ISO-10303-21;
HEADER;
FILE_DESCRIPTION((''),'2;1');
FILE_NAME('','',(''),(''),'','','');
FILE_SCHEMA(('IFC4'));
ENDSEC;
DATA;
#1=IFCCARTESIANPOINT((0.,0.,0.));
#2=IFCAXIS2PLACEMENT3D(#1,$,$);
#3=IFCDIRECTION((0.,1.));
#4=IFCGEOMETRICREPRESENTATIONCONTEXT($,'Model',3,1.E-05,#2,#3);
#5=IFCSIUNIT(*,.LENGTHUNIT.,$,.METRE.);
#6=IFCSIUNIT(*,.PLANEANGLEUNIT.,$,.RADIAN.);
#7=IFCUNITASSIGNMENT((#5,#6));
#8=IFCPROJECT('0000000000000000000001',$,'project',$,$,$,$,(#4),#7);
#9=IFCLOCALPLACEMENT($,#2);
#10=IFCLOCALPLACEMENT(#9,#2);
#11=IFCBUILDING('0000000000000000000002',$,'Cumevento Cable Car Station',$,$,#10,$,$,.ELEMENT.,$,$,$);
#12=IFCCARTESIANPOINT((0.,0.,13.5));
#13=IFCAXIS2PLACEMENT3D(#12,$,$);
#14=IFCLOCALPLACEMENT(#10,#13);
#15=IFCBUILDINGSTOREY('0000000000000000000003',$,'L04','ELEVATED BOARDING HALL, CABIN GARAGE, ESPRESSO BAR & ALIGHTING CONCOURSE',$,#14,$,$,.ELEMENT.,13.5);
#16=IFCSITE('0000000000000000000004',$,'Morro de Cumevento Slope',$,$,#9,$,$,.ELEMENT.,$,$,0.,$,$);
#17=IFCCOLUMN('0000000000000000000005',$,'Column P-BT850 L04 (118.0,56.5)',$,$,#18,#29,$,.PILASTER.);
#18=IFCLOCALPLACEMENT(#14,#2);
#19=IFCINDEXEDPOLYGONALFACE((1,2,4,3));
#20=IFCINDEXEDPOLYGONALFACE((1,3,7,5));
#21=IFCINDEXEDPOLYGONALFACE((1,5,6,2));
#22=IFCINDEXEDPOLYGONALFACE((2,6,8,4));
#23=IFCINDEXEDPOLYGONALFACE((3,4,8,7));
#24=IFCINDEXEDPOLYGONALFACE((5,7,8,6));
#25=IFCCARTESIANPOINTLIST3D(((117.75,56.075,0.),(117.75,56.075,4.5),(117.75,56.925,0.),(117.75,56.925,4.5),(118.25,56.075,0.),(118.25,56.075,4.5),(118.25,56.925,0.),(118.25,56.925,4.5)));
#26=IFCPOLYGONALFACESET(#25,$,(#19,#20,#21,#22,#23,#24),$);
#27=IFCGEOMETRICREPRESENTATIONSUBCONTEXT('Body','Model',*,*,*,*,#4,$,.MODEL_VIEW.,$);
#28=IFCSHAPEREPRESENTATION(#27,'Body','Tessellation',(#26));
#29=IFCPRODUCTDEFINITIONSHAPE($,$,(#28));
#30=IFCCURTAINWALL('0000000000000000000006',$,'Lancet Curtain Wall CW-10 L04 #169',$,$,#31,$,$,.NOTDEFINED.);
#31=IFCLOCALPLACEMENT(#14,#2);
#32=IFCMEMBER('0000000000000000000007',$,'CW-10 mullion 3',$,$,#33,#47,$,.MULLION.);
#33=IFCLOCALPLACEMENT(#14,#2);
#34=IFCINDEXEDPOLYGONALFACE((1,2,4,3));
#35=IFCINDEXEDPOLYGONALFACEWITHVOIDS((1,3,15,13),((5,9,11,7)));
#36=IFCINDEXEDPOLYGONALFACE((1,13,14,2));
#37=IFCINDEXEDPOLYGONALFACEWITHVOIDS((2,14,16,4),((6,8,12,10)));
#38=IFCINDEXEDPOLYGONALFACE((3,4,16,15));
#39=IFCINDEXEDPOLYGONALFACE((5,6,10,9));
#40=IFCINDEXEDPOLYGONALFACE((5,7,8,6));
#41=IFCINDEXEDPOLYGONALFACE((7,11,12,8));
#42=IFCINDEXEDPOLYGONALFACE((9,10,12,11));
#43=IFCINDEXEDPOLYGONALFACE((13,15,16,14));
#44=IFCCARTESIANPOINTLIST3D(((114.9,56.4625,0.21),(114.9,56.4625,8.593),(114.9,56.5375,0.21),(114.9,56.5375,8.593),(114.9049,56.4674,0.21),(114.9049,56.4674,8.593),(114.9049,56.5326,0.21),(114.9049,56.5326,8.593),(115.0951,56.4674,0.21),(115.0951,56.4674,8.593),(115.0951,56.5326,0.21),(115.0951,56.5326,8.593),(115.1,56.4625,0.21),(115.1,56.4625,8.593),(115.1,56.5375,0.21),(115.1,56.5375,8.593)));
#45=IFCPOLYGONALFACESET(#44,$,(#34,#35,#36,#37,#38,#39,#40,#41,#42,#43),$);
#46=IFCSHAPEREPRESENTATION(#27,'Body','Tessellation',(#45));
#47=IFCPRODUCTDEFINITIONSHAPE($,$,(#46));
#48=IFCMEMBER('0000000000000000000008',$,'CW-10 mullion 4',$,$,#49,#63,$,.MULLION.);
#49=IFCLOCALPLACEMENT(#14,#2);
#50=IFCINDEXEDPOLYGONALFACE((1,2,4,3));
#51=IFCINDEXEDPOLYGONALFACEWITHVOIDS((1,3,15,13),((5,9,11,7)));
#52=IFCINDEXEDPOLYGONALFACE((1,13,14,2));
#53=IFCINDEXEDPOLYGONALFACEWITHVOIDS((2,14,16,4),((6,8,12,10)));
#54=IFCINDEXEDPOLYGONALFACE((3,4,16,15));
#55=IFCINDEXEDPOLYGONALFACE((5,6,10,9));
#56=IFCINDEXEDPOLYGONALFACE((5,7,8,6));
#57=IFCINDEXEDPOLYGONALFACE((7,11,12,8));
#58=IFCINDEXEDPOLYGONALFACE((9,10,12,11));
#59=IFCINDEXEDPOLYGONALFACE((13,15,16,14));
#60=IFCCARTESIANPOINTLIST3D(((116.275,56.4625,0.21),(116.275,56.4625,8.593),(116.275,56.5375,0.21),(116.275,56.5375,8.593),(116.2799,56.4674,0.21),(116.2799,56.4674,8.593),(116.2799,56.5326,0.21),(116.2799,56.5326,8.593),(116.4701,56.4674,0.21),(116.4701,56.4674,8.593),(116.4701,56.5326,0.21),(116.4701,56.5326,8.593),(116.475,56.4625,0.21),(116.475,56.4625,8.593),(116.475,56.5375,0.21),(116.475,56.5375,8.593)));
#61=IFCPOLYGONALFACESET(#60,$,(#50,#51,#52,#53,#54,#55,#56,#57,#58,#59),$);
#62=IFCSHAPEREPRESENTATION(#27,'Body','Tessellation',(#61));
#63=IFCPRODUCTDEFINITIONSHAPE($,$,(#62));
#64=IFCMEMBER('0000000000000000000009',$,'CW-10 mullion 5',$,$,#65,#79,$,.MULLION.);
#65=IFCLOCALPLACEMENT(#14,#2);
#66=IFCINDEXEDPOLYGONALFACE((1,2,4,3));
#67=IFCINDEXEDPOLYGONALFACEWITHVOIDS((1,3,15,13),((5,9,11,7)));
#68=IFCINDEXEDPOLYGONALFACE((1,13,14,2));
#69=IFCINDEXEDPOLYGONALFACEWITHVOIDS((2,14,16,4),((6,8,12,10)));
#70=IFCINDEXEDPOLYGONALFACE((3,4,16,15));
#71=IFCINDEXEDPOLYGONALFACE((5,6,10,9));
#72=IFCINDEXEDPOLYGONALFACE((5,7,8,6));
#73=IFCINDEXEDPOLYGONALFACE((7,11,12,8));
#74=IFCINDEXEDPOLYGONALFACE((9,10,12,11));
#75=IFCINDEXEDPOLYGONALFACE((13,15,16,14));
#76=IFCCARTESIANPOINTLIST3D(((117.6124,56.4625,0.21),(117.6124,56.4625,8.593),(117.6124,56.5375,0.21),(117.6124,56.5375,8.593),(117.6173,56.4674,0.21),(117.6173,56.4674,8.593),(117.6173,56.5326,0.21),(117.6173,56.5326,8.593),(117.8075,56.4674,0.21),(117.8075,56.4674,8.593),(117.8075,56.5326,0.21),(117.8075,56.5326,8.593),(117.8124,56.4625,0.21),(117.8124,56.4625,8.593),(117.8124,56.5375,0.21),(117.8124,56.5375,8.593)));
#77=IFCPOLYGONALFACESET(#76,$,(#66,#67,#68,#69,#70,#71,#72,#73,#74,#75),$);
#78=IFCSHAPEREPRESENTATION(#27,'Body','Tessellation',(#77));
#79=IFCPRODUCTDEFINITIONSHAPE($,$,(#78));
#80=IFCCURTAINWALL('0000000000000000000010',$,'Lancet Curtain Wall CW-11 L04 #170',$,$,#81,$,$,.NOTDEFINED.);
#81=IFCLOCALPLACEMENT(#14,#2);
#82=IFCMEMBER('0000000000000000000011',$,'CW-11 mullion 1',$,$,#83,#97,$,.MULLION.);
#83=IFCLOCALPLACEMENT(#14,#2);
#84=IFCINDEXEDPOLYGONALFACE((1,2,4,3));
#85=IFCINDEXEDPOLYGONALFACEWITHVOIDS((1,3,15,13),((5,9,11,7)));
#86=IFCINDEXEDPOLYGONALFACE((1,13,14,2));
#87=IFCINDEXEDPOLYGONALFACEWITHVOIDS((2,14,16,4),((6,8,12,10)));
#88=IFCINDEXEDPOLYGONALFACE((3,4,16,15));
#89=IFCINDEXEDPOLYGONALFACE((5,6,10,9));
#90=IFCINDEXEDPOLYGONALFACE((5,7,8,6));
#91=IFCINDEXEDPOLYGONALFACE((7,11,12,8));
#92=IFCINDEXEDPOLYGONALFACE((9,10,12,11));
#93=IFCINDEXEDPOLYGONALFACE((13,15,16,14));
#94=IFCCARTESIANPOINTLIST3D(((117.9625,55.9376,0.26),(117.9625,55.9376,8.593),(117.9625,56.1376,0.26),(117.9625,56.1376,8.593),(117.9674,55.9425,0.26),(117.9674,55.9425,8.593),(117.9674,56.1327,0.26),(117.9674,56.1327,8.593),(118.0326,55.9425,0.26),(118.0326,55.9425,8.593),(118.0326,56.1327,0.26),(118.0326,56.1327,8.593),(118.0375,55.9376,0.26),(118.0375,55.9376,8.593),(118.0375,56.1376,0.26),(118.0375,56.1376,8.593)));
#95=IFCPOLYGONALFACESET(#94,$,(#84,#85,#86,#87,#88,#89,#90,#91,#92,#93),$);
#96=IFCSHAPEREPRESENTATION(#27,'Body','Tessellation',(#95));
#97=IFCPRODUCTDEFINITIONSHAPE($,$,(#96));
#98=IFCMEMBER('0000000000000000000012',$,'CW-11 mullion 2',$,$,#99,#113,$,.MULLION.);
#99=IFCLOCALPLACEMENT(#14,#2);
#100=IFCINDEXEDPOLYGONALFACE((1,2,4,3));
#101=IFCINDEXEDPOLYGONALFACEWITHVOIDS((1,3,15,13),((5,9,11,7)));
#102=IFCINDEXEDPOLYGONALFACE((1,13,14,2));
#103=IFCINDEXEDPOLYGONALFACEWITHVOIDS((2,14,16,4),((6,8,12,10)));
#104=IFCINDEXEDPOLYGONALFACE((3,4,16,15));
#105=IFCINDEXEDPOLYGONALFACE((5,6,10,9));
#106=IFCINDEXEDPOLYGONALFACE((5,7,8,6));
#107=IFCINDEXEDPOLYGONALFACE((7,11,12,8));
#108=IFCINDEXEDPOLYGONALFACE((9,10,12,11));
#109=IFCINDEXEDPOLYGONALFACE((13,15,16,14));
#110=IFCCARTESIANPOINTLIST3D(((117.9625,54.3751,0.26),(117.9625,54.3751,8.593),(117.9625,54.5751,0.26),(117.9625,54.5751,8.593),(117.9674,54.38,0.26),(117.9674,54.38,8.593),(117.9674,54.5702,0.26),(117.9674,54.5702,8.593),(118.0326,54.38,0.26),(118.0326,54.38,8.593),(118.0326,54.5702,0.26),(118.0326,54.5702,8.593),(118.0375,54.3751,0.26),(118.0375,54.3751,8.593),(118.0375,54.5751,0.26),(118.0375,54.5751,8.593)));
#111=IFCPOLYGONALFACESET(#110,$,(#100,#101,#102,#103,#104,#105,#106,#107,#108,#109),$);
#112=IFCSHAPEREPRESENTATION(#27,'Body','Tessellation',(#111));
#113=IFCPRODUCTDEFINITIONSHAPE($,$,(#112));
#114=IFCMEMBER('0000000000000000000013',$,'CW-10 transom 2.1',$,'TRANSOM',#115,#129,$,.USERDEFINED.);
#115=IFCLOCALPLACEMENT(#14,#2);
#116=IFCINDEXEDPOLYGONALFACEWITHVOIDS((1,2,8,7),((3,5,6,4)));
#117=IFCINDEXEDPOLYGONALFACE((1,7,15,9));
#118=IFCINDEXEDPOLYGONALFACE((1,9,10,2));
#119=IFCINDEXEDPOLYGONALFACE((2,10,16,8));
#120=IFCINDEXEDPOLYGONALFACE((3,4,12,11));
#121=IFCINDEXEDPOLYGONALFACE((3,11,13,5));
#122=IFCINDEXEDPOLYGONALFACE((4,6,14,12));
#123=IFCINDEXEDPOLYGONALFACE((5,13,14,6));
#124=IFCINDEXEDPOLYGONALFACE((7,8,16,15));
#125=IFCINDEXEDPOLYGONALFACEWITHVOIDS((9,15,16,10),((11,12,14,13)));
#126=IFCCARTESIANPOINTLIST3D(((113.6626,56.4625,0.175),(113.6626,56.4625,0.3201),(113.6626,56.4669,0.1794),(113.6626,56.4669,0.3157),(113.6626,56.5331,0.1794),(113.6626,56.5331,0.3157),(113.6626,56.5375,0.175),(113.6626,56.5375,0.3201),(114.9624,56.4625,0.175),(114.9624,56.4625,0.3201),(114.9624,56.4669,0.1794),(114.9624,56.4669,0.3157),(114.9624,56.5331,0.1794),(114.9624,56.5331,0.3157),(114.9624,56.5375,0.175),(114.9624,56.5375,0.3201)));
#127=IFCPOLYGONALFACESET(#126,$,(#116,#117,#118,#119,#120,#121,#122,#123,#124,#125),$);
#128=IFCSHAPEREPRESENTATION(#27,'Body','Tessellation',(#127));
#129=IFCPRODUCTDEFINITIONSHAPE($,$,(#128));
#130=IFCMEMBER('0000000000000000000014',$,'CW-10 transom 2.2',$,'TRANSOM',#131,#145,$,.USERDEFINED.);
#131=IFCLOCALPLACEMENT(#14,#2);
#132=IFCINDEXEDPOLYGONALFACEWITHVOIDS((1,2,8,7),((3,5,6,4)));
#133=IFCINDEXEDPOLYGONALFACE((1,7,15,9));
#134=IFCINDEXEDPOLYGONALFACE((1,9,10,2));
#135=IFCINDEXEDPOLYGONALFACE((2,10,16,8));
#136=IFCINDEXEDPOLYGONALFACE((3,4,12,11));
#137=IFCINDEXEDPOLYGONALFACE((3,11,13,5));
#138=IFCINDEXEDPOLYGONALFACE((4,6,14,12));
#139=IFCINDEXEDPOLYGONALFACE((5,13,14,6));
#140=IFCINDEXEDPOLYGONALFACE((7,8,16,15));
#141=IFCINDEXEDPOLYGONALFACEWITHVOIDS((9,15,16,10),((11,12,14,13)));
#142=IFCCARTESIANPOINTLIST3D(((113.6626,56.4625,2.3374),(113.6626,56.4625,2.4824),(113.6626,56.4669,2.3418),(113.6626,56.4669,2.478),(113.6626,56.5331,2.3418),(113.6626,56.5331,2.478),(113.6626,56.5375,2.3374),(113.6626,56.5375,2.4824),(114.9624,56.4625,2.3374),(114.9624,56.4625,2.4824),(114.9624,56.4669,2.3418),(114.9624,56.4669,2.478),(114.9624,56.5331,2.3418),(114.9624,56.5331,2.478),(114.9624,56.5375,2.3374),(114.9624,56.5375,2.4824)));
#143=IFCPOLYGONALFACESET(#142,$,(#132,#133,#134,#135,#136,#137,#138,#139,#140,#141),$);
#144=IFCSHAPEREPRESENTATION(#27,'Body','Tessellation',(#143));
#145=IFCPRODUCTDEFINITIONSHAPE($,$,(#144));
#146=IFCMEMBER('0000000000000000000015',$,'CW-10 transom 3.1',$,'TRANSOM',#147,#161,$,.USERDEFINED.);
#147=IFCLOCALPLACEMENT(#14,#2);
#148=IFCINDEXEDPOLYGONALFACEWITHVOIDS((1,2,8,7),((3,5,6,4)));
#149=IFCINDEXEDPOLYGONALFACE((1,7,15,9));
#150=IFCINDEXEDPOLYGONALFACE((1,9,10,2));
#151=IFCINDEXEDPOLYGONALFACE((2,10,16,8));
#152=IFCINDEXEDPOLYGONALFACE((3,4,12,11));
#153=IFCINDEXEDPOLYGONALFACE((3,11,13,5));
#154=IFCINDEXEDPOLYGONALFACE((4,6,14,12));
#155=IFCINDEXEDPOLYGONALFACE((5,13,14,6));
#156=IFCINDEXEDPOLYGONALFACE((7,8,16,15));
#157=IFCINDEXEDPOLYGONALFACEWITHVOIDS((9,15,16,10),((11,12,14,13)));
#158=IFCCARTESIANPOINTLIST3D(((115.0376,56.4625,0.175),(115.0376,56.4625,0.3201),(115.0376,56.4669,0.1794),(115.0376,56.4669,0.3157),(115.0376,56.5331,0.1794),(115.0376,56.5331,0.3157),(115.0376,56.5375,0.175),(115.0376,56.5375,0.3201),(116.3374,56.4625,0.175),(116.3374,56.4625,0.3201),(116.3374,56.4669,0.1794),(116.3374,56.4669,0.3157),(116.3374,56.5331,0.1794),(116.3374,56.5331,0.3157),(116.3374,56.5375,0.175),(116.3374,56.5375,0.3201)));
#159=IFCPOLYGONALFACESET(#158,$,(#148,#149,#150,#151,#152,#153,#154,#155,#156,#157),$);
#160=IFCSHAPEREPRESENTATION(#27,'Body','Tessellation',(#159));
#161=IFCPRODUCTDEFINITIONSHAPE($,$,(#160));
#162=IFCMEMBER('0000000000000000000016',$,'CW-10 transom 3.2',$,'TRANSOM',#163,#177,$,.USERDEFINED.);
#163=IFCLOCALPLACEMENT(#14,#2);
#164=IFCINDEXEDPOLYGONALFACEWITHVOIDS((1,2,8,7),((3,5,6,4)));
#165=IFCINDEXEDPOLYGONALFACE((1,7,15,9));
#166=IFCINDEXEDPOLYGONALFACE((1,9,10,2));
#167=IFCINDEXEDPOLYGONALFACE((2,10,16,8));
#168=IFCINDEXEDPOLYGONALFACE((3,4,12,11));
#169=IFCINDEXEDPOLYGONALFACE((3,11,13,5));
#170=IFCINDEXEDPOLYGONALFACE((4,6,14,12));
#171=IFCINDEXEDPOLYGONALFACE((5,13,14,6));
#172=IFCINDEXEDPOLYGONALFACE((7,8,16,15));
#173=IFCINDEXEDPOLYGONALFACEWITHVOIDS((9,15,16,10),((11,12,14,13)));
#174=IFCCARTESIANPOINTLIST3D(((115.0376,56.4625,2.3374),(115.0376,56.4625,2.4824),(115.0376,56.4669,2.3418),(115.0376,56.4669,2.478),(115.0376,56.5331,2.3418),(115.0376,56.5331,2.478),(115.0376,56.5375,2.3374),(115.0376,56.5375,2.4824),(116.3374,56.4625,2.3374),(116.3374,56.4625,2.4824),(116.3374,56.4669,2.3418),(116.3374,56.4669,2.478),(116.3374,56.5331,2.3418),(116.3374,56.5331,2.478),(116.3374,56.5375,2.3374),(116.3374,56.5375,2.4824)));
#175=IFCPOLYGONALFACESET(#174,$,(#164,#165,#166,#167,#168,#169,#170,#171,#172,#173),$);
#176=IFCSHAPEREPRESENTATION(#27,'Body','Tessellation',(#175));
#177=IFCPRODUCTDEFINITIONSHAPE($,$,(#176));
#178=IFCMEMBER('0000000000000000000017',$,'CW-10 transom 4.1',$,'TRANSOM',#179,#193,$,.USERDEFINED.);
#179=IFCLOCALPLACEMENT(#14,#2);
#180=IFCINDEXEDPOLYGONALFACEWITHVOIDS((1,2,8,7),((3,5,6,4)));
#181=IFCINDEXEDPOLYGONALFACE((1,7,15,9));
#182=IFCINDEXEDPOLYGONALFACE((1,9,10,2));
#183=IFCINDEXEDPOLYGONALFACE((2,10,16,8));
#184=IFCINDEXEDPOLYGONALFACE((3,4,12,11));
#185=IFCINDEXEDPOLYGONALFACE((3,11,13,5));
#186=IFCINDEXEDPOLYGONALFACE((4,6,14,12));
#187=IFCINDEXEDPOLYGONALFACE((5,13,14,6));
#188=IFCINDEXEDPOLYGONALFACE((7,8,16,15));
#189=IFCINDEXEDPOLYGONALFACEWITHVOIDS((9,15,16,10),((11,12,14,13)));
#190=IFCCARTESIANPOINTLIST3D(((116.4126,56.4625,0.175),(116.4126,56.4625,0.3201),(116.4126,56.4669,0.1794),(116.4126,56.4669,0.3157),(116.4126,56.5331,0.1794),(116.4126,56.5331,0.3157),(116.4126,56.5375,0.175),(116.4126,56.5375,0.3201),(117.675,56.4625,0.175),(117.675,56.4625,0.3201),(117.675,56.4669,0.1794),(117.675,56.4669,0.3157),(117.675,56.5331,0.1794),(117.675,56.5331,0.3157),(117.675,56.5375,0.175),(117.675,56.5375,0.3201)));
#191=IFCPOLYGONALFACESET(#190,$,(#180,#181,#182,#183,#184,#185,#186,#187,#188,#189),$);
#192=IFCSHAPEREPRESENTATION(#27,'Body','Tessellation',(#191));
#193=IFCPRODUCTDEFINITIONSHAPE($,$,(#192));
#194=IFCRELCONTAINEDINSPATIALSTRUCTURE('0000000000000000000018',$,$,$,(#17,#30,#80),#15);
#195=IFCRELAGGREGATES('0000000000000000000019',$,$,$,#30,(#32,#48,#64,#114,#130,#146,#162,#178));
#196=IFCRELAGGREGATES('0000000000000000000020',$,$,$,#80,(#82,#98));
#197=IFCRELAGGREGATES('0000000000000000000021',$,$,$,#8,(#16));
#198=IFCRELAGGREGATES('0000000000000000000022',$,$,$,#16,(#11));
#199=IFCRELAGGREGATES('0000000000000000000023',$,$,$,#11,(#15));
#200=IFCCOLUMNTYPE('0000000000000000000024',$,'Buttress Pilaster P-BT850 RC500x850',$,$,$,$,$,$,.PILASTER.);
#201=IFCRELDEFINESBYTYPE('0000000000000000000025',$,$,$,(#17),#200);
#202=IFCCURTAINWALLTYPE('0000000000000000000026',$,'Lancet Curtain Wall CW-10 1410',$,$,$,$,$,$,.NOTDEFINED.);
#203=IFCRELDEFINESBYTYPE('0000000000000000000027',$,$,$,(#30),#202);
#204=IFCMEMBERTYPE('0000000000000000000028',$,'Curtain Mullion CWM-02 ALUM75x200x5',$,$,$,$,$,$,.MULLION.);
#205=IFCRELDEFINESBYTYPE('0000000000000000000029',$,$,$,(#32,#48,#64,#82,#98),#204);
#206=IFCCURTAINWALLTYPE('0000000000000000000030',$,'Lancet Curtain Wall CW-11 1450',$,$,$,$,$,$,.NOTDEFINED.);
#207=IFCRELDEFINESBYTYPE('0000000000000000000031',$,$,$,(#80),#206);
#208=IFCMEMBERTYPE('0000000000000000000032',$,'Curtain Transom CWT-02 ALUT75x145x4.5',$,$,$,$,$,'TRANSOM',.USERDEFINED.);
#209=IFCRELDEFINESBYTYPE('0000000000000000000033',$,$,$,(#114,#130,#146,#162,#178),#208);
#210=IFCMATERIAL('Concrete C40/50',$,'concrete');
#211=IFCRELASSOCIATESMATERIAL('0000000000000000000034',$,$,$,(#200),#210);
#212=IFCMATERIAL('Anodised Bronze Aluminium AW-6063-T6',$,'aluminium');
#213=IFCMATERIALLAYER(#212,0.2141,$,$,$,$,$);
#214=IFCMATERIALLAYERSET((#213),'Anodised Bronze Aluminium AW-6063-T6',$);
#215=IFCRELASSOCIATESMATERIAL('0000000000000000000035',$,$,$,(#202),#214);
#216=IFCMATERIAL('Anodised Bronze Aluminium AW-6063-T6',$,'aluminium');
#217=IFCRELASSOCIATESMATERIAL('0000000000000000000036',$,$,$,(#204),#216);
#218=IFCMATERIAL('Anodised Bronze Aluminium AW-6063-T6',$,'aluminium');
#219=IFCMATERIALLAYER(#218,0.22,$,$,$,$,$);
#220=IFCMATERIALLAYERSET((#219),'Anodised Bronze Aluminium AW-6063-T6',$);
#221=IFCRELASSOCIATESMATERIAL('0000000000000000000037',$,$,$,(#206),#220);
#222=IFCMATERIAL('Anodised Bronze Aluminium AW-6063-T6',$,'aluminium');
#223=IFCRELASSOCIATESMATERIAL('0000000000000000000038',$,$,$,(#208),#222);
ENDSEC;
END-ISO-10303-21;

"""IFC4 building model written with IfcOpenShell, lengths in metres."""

from ifc_helpers import new_model, si_unit, direction, frame, origin, origin_2d, place, context, subcontext, project, spatial, rectangle, hollow_rectangle, extrude, material, layer, layer_set, material_profile, profile_set, type_object, element, aggregate, save


model = new_model("IFC4")

# Units and contexts
model_context = context("Model", 3, precision=1e-05, world=origin(), true_north=direction((0.0, 1.0)))
body_context = subcontext(model_context, "Body", "Model", "MODEL_VIEW")
ifc_project = project(units=[si_unit("LENGTHUNIT", "METRE"), si_unit("PLANEANGLEUNIT", "RADIAN")], contexts=[model_context])

# Site, building, storey
site_placement = place(None, origin())
site = spatial("IfcSite", under=ifc_project, at=site_placement, Name="Morro de Cumevento Slope", CompositionType="ELEMENT", RefElevation=0.0)
building_placement = place(site_placement, origin())
building = spatial("IfcBuilding", under=site, at=building_placement, Name="Cumevento Cable Car Station", CompositionType="ELEMENT")
storey_placement = place(building_placement, frame((0.0, 0.0, 13.5)))
storey = spatial("IfcBuildingStorey", under=building, at=storey_placement, Name="L04", Description="ELEVATED BOARDING HALL, CABIN GARAGE, ESPRESSO BAR & ALIGHTING CONCOURSE", CompositionType="ELEMENT", Elevation=13.5)

# Column
ifc_material_1 = material(Name="Concrete C40/50", Category="concrete")
ifc_material_profile_1 = material_profile(ifc_material_1, rectangle(XDim=0.5, YDim=0.8501, at=origin_2d()), Name="RC500x850")
ifc_profile_set_1 = profile_set([ifc_material_profile_1], Name="Concrete C40/50")
column_type = type_object("IfcColumnType", Name="Buttress Pilaster P-BT850 RC500x850", PredefinedType="PILASTER", material=ifc_profile_set_1)
column_placement = place(storey_placement, frame((118.0, 56.5, 0.0), z_axis=(0.0, 0.0, 1.0), x_axis=(1.0, 0.0, 0.0)))
element("IfcColumn", 1, at=column_placement, inside=storey, type_object=column_type, Name="Column P-BT850 L04 (118.0,56.5)", PredefinedType="PILASTER", context=body_context, shape_type="SweptSolid", body=[
    extrude(rectangle(XDim=0.5, YDim=0.8501, at=origin_2d()), origin(), (0.0, 0.0, 1.0), 4.5),
])

# Curtain walls, members
ifc_material_2 = material(Name="Anodised Bronze Aluminium AW-6063-T6", Category="aluminium")
ifc_layer_1 = layer(ifc_material_2, 0.2141)
ifc_layer_set_1 = layer_set([ifc_layer_1], Name="Anodised Bronze Aluminium AW-6063-T6")
curtain_wall_type_1 = type_object("IfcCurtainWallType", Name="Lancet Curtain Wall CW-10 1410", PredefinedType="NOTDEFINED", material=ifc_layer_set_1)
curtain_wall_1_placement = place(storey_placement, origin())
curtain_wall_1 = element("IfcCurtainWall", 2, at=curtain_wall_1_placement, inside=storey, type_object=curtain_wall_type_1, Name="Lancet Curtain Wall CW-10 L04 #169", PredefinedType="NOTDEFINED")
ifc_material_3 = material(Name="Anodised Bronze Aluminium AW-6063-T6", Category="aluminium")
ifc_material_profile_2 = material_profile(ifc_material_3, hollow_rectangle(XDim=0.075, YDim=0.2, WallThickness=0.0049, at=origin_2d()), Name="ALUM75x200x5")
ifc_profile_set_2 = profile_set([ifc_material_profile_2], Name="Anodised Bronze Aluminium AW-6063-T6")
member_type_1 = type_object("IfcMemberType", Name="Curtain Mullion CWM-02 ALUM75x200x5", PredefinedType="MULLION", material=ifc_profile_set_2)
member_1_placement = place(storey_placement, frame((115.0, 56.5, 0.21), z_axis=(0.0, 0.0, 1.0), x_axis=(0.0, 1.0, 0.0)))
member_1 = element("IfcMember", 3, at=member_1_placement, type_object=member_type_1, Name="CW-10 mullion 3", PredefinedType="MULLION", context=body_context, shape_type="SweptSolid", body=[
    extrude(hollow_rectangle(XDim=0.075, YDim=0.2, WallThickness=0.0049, at=origin_2d()), origin(), (0.0, 0.0, 1.0), 8.3831),
])
member_2_placement = place(storey_placement, frame((116.375, 56.5, 0.21), z_axis=(0.0, 0.0, 1.0), x_axis=(0.0, 1.0, 0.0)))
member_2 = element("IfcMember", 4, at=member_2_placement, type_object=member_type_1, Name="CW-10 mullion 4", PredefinedType="MULLION", context=body_context, shape_type="SweptSolid", body=[
    extrude(hollow_rectangle(XDim=0.075, YDim=0.2, WallThickness=0.0049, at=origin_2d()), origin(), (0.0, 0.0, 1.0), 8.3831),
])
member_3_placement = place(storey_placement, frame((117.7124, 56.5, 0.21), z_axis=(0.0, 0.0, 1.0), x_axis=(0.0, 1.0, 0.0)))
member_3 = element("IfcMember", 5, at=member_3_placement, type_object=member_type_1, Name="CW-10 mullion 5", PredefinedType="MULLION", context=body_context, shape_type="SweptSolid", body=[
    extrude(hollow_rectangle(XDim=0.075, YDim=0.2, WallThickness=0.0049, at=origin_2d()), origin(), (0.0, 0.0, 1.0), 8.3831),
])
ifc_material_4 = material(Name="Anodised Bronze Aluminium AW-6063-T6", Category="aluminium")
ifc_layer_2 = layer(ifc_material_4, 0.22)
ifc_layer_set_2 = layer_set([ifc_layer_2], Name="Anodised Bronze Aluminium AW-6063-T6")
curtain_wall_type_2 = type_object("IfcCurtainWallType", Name="Lancet Curtain Wall CW-11 1450", PredefinedType="NOTDEFINED", material=ifc_layer_set_2)
curtain_wall_2_placement = place(storey_placement, origin())
curtain_wall_2 = element("IfcCurtainWall", 6, at=curtain_wall_2_placement, inside=storey, type_object=curtain_wall_type_2, Name="Lancet Curtain Wall CW-11 L04 #170", PredefinedType="NOTDEFINED")
member_4_placement = place(storey_placement, frame((118.0, 56.0376, 0.26), z_axis=(0.0, 0.0, 1.0), x_axis=(1.0, 0.0, 0.0)))
member_4 = element("IfcMember", 7, at=member_4_placement, type_object=member_type_1, Name="CW-11 mullion 1", PredefinedType="MULLION", context=body_context, shape_type="SweptSolid", body=[
    extrude(hollow_rectangle(XDim=0.075, YDim=0.2, WallThickness=0.0049, at=origin_2d()), origin(), (0.0, 0.0, 1.0), 8.333),
])
member_5_placement = place(storey_placement, frame((118.0, 54.4751, 0.26), z_axis=(0.0, 0.0, 1.0), x_axis=(1.0, 0.0, 0.0)))
member_5 = element("IfcMember", 8, at=member_5_placement, type_object=member_type_1, Name="CW-11 mullion 2", PredefinedType="MULLION", context=body_context, shape_type="SweptSolid", body=[
    extrude(hollow_rectangle(XDim=0.075, YDim=0.2, WallThickness=0.0049, at=origin_2d()), origin(), (0.0, 0.0, 1.0), 8.333),
])

# Members
ifc_material_5 = material(Name="Anodised Bronze Aluminium AW-6063-T6", Category="aluminium")
ifc_material_profile_3 = material_profile(ifc_material_5, hollow_rectangle(XDim=0.075, YDim=0.145, WallThickness=0.0044, at=origin_2d()), Name="ALUT75x145x4.5")
ifc_profile_set_3 = profile_set([ifc_material_profile_3], Name="Anodised Bronze Aluminium AW-6063-T6")
member_type_2 = type_object("IfcMemberType", Name="Curtain Transom CWT-02 ALUT75x145x4.5", ElementType="TRANSOM", PredefinedType="USERDEFINED", material=ifc_profile_set_3)
member_6_placement = place(storey_placement, frame((113.6626, 56.5, 0.2476), z_axis=(1.0, 0.0, 0.0), x_axis=(0.0, 1.0, 0.0)))
member_6 = element("IfcMember", 9, at=member_6_placement, type_object=member_type_2, Name="CW-10 transom 2.1", ObjectType="TRANSOM", PredefinedType="USERDEFINED", context=body_context, shape_type="SweptSolid", body=[
    extrude(hollow_rectangle(XDim=0.075, YDim=0.145, WallThickness=0.0044, at=origin_2d()), origin(), (0.0, 0.0, 1.0), 1.2998),
])
member_7_placement = place(storey_placement, frame((113.6626, 56.5, 2.4099), z_axis=(1.0, 0.0, 0.0), x_axis=(0.0, 1.0, 0.0)))
member_7 = element("IfcMember", 10, at=member_7_placement, type_object=member_type_2, Name="CW-10 transom 2.2", ObjectType="TRANSOM", PredefinedType="USERDEFINED", context=body_context, shape_type="SweptSolid", body=[
    extrude(hollow_rectangle(XDim=0.075, YDim=0.145, WallThickness=0.0044, at=origin_2d()), origin(), (0.0, 0.0, 1.0), 1.2998),
])
member_8_placement = place(storey_placement, frame((115.0376, 56.5, 0.2476), z_axis=(1.0, 0.0, 0.0), x_axis=(0.0, 1.0, 0.0)))
member_8 = element("IfcMember", 11, at=member_8_placement, type_object=member_type_2, Name="CW-10 transom 3.1", ObjectType="TRANSOM", PredefinedType="USERDEFINED", context=body_context, shape_type="SweptSolid", body=[
    extrude(hollow_rectangle(XDim=0.075, YDim=0.145, WallThickness=0.0044, at=origin_2d()), origin(), (0.0, 0.0, 1.0), 1.2998),
])
member_9_placement = place(storey_placement, frame((115.0376, 56.5, 2.4099), z_axis=(1.0, 0.0, 0.0), x_axis=(0.0, 1.0, 0.0)))
member_9 = element("IfcMember", 12, at=member_9_placement, type_object=member_type_2, Name="CW-10 transom 3.2", ObjectType="TRANSOM", PredefinedType="USERDEFINED", context=body_context, shape_type="SweptSolid", body=[
    extrude(hollow_rectangle(XDim=0.075, YDim=0.145, WallThickness=0.0044, at=origin_2d()), origin(), (0.0, 0.0, 1.0), 1.2998),
])
member_10_placement = place(storey_placement, frame((116.4126, 56.5, 0.2476), z_axis=(1.0, 0.0, 0.0), x_axis=(0.0, 1.0, 0.0)))
member_10 = element("IfcMember", 13, at=member_10_placement, type_object=member_type_2, Name="CW-10 transom 4.1", ObjectType="TRANSOM", PredefinedType="USERDEFINED", context=body_context, shape_type="SweptSolid", body=[
    extrude(hollow_rectangle(XDim=0.075, YDim=0.145, WallThickness=0.0044, at=origin_2d()), origin(), (0.0, 0.0, 1.0), 1.2625),
])

aggregate(curtain_wall_1, [member_1, member_2, member_3, member_6, member_7, member_8, member_9, member_10])
aggregate(curtain_wall_2, [member_4, member_5])

save(model, "model.ifc")
